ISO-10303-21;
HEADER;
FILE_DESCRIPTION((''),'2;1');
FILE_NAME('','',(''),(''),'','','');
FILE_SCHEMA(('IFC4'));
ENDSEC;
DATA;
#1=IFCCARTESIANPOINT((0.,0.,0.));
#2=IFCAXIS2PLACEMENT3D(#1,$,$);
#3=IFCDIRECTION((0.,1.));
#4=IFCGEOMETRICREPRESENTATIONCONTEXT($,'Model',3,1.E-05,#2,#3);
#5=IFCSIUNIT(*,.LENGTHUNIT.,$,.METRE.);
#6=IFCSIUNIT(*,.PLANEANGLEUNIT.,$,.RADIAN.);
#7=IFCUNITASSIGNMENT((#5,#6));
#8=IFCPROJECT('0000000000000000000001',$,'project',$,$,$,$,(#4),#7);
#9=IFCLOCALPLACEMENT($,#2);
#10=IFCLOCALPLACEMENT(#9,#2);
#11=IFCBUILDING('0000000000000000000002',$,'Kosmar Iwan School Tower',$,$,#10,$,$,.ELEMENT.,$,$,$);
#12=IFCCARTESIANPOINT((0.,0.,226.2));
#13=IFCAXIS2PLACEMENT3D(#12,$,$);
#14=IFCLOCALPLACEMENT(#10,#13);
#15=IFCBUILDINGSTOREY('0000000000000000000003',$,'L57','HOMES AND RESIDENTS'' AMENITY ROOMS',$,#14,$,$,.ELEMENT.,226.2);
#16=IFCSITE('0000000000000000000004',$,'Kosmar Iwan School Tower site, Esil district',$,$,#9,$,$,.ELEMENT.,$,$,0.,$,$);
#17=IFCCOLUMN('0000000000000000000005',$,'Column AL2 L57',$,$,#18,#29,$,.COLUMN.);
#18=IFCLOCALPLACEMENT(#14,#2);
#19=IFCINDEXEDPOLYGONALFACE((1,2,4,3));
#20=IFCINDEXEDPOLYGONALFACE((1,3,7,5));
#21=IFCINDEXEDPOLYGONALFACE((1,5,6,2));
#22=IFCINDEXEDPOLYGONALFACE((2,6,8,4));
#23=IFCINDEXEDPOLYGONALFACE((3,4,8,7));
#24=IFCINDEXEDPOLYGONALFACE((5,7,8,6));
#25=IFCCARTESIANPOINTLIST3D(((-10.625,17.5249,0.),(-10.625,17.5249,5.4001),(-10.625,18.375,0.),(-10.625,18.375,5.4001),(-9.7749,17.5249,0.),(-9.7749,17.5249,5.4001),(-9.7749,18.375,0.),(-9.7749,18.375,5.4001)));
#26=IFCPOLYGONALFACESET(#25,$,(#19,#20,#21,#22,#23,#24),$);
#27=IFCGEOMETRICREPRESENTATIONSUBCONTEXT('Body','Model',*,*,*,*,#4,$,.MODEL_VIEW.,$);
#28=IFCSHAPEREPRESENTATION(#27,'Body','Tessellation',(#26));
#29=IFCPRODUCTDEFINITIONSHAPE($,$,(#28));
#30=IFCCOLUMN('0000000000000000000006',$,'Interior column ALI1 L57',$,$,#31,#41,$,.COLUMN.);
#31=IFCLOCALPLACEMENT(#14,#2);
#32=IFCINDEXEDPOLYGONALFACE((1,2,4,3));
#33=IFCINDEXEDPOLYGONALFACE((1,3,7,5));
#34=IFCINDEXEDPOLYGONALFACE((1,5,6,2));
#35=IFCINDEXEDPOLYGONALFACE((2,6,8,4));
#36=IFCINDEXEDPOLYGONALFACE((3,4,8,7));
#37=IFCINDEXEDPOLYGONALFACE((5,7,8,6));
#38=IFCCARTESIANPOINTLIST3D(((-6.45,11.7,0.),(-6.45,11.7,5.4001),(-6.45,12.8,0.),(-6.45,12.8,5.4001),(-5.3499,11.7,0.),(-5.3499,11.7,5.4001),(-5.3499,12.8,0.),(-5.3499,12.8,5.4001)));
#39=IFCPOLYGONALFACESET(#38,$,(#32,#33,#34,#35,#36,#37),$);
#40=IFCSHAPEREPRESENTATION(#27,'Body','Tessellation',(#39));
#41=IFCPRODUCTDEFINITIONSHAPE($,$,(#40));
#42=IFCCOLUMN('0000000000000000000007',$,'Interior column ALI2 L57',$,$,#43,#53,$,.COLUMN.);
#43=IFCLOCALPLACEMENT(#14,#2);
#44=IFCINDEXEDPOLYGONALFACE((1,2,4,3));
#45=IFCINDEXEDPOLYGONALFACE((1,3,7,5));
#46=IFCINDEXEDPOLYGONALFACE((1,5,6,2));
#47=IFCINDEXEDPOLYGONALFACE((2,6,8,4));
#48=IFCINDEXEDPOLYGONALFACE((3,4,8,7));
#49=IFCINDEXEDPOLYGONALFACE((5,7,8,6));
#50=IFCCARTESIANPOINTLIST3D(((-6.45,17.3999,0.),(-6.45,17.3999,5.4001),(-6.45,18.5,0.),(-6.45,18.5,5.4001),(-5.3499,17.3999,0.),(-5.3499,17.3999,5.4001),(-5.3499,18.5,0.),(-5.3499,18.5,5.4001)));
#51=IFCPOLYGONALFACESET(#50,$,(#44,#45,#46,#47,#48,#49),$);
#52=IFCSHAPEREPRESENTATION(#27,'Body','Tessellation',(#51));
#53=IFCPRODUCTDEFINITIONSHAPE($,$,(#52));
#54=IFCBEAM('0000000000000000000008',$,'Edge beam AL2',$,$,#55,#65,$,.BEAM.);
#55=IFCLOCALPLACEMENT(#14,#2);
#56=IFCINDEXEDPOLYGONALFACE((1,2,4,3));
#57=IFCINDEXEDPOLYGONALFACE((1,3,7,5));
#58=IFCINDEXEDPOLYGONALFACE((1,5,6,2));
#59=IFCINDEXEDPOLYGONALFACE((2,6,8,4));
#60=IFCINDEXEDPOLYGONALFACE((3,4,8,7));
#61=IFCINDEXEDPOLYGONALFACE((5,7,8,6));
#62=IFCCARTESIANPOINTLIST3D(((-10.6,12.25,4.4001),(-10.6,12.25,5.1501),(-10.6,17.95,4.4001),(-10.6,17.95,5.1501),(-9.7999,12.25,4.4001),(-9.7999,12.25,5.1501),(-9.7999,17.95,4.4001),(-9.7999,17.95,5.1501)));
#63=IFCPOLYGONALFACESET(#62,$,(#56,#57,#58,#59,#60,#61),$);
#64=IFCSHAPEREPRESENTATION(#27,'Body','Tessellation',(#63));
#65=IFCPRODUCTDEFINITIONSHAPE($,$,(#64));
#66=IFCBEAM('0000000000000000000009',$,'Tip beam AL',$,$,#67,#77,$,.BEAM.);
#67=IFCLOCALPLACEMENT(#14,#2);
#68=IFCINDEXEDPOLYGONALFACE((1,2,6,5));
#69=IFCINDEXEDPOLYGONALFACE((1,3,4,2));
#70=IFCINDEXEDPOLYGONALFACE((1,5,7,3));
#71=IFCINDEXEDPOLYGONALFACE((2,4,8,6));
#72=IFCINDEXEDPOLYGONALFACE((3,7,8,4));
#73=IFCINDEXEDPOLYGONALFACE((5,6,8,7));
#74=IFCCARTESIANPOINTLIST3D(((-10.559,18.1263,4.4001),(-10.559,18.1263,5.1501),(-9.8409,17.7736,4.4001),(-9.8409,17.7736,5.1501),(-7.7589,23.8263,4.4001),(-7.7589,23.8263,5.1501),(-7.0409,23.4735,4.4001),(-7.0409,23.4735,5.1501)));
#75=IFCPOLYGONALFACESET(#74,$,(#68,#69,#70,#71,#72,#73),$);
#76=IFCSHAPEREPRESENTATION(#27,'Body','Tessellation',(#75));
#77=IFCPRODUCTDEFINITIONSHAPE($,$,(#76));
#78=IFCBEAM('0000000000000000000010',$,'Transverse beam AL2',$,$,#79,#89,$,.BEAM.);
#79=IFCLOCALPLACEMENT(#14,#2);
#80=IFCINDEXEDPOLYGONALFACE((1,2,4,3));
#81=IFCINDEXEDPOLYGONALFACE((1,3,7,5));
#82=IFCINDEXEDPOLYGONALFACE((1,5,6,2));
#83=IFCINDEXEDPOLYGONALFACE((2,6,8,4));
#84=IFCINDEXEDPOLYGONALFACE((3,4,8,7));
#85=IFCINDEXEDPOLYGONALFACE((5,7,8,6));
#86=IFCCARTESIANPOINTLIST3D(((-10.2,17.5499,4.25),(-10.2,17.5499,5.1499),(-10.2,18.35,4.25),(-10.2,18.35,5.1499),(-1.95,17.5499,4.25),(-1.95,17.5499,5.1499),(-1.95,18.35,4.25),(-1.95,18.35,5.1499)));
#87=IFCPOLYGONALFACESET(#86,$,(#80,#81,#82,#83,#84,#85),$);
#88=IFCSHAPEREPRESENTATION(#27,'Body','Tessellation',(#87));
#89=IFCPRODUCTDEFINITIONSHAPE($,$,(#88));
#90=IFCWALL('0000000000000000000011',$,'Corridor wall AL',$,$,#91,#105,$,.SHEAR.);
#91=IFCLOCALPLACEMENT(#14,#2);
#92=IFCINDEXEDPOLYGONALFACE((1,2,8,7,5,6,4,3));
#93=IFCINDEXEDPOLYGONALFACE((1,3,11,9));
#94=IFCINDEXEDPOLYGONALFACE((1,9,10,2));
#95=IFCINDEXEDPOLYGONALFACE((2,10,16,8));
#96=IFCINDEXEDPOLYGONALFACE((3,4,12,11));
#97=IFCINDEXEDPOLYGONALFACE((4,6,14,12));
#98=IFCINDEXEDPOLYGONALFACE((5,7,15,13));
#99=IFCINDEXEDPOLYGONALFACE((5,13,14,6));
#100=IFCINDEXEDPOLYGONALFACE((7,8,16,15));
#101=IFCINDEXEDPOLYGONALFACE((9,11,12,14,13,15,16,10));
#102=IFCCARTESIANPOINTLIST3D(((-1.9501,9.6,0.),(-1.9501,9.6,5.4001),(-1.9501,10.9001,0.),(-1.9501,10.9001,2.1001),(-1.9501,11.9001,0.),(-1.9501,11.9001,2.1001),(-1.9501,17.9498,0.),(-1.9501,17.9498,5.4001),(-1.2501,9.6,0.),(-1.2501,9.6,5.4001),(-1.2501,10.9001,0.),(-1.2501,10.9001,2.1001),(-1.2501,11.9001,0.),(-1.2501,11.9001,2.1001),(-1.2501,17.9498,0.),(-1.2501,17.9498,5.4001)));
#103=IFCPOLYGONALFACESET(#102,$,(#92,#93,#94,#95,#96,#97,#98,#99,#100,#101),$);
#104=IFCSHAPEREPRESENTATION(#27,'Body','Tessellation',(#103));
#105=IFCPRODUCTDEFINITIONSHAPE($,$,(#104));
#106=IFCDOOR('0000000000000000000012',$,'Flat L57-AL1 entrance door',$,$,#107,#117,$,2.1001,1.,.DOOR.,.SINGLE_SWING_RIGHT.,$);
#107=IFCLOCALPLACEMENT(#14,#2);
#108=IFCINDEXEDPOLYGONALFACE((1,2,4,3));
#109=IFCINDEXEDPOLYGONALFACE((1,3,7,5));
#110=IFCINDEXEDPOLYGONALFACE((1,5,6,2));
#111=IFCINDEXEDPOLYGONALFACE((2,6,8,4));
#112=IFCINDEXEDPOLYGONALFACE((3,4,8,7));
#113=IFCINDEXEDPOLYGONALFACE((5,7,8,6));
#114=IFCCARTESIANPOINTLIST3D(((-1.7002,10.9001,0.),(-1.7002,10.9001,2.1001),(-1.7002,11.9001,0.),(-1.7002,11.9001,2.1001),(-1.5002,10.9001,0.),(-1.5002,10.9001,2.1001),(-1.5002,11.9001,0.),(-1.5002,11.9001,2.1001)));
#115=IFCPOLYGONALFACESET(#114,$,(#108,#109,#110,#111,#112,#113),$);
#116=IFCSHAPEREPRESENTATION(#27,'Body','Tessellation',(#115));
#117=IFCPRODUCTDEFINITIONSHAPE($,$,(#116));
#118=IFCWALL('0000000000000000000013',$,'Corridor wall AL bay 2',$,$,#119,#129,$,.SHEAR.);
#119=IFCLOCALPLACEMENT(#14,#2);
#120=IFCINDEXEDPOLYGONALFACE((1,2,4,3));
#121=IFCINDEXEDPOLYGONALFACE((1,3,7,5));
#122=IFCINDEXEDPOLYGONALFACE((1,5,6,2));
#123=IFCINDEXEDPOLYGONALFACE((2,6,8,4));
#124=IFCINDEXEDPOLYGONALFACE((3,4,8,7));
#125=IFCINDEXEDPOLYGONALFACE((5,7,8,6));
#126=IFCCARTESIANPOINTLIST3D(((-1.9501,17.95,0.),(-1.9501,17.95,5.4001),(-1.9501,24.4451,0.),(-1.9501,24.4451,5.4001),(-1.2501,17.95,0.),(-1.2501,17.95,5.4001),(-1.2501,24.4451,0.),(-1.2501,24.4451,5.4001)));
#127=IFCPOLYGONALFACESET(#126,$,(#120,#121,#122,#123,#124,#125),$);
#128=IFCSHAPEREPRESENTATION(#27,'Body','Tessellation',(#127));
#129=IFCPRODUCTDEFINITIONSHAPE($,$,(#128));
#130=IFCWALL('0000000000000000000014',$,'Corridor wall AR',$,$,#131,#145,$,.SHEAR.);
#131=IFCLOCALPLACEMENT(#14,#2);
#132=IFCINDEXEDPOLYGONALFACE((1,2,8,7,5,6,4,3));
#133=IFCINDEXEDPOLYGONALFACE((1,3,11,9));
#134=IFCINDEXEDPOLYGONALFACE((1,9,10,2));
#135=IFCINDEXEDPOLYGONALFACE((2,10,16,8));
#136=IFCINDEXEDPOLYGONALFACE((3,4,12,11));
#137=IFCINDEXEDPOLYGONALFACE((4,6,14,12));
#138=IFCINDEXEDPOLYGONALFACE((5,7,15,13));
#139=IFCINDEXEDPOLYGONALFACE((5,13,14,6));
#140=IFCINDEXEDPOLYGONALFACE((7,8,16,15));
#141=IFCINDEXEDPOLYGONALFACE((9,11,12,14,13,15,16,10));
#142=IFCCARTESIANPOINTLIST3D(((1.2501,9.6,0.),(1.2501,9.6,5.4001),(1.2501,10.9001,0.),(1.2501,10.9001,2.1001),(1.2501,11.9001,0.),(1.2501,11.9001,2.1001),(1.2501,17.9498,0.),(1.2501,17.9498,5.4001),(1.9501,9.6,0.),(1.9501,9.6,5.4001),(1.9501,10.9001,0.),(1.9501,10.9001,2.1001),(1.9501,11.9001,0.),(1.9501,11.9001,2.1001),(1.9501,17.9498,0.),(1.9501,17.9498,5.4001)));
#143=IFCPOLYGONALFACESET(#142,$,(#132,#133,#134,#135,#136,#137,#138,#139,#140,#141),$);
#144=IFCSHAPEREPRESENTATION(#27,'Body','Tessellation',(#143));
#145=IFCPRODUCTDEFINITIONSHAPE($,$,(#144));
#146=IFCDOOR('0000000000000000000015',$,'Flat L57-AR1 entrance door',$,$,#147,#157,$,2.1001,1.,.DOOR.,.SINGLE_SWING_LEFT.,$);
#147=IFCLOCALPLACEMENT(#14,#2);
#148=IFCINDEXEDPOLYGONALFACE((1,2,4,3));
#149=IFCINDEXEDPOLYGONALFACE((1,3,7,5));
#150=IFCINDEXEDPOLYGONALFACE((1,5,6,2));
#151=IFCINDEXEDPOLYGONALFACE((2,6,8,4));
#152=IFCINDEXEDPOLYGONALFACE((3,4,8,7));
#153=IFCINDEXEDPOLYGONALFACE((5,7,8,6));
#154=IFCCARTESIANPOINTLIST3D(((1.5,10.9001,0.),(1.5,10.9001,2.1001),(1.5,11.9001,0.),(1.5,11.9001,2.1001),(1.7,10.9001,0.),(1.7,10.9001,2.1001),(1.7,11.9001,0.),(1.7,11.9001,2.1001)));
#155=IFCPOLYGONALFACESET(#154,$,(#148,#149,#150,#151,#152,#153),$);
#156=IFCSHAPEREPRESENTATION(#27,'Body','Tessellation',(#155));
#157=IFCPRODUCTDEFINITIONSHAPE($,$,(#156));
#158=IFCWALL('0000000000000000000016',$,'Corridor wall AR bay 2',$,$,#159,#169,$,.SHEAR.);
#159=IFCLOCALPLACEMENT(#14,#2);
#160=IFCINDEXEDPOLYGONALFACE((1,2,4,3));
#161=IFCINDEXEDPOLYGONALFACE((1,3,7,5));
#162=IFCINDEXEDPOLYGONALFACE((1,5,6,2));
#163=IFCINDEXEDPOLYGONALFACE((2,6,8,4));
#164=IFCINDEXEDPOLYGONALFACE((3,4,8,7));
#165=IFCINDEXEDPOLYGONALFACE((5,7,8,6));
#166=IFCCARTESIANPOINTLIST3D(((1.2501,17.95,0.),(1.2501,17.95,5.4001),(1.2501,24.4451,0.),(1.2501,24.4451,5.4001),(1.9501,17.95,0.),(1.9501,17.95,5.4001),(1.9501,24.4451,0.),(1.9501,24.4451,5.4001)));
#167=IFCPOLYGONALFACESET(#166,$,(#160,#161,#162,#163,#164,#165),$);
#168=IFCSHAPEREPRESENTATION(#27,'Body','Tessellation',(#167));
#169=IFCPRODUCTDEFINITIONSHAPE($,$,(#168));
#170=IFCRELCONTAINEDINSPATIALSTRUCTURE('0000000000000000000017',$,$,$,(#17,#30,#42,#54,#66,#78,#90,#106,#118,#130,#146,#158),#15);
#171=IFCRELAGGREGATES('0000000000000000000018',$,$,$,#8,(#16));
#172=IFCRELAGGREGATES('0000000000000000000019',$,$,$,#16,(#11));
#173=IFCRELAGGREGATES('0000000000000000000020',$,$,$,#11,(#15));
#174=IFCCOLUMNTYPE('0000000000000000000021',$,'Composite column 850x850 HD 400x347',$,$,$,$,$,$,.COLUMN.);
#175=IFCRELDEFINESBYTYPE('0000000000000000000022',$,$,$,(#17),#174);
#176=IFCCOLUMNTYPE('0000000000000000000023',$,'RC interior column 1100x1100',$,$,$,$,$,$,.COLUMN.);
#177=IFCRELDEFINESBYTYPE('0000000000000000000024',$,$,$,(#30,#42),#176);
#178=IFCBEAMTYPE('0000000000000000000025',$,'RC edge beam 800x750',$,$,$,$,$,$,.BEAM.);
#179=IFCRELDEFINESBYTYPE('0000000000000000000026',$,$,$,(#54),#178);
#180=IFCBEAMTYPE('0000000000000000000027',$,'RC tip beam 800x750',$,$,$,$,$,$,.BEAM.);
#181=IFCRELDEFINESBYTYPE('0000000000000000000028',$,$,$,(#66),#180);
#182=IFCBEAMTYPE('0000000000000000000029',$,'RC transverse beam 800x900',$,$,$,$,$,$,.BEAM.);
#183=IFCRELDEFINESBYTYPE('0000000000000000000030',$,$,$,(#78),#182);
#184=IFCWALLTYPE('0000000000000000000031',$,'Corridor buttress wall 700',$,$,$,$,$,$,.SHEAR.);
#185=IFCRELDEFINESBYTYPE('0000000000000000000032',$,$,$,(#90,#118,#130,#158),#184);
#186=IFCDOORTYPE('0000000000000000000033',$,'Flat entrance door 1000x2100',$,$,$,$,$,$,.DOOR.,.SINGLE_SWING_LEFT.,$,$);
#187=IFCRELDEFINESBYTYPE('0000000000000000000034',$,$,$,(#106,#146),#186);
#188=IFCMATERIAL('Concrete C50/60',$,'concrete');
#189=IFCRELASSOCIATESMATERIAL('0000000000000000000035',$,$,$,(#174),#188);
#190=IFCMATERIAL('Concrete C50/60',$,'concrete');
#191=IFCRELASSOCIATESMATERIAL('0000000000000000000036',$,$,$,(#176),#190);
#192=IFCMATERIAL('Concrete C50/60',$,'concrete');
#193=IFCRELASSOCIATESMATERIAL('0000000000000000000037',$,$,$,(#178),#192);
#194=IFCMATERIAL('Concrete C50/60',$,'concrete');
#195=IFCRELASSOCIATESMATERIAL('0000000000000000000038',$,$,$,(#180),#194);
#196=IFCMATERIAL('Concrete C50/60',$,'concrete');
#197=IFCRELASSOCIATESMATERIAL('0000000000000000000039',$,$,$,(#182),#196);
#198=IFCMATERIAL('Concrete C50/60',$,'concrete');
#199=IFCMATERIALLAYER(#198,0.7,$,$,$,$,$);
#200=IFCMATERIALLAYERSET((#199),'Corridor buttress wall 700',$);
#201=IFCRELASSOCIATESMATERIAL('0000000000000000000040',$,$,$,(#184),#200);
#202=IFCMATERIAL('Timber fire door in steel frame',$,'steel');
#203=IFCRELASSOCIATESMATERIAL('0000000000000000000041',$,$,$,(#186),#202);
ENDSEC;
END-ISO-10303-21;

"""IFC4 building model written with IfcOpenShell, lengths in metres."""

from ifc_helpers import new_model, si_unit, direction, frame, frame_2d, origin, origin_2d, place, context, subcontext, project, spatial, rectangle, extrude, material, layer, layer_set, material_profile, profile_set, type_object, element, fill, save


model = new_model("IFC4")

# Units and contexts
model_context = context("Model", 3, precision=1e-05, world=origin(), true_north=direction((0.0, 1.0)))
body_context = subcontext(model_context, "Body", "Model", "MODEL_VIEW")
ifc_project = project(units=[si_unit("LENGTHUNIT", "METRE"), si_unit("PLANEANGLEUNIT", "RADIAN")], contexts=[model_context])

# Site, building, storey
site_placement = place(None, origin())
site = spatial("IfcSite", under=ifc_project, at=site_placement, Name="Kosmar Iwan School Tower site, Esil district", CompositionType="ELEMENT", RefElevation=0.0)
building_placement = place(site_placement, origin())
building = spatial("IfcBuilding", under=site, at=building_placement, Name="Kosmar Iwan School Tower", CompositionType="ELEMENT")
storey_placement = place(building_placement, frame((0.0, 0.0, 226.2)))
storey = spatial("IfcBuildingStorey", under=building, at=storey_placement, Name="L57", Description="HOMES AND RESIDENTS' AMENITY ROOMS", CompositionType="ELEMENT", Elevation=226.2)

# Columns
ifc_material_1 = material(Name="Concrete C50/60", Category="concrete")
ifc_material_profile_1 = material_profile(ifc_material_1, rectangle(XDim=0.8501, YDim=0.8501, at=origin_2d()), Name="RC 850x850 + HD 400x347")
ifc_profile_set_1 = profile_set([ifc_material_profile_1], Name="Concrete C50/60")
column_type_1 = type_object("IfcColumnType", Name="Composite column 850x850 HD 400x347", PredefinedType="COLUMN", material=ifc_profile_set_1)
column_placement = place(storey_placement, frame((-10.2, 17.95, 0.0), z_axis=(0.0, 0.0, 1.0), x_axis=(0.0, 1.0, 0.0)))
element("IfcColumn", 1, at=column_placement, inside=storey, type_object=column_type_1, Name="Column AL2 L57", PredefinedType="COLUMN", context=body_context, shape_type="SweptSolid", body=[
    extrude(rectangle(XDim=0.8501, YDim=0.8501, at=origin_2d()), origin(), (0.0, 0.0, 1.0), 5.4001),
])
ifc_material_2 = material(Name="Concrete C50/60", Category="concrete")
ifc_material_profile_2 = material_profile(ifc_material_2, rectangle(XDim=1.1001, YDim=1.1001, at=origin_2d()), Name="RC 1100x1100")
ifc_profile_set_2 = profile_set([ifc_material_profile_2], Name="Concrete C50/60")
column_type_2 = type_object("IfcColumnType", Name="RC interior column 1100x1100", PredefinedType="COLUMN", material=ifc_profile_set_2)
for number, where, z_axis, x_axis, name in (
    (2, (-5.8999, 12.25, 0.0), (0.0, 0.0, 1.0), (0.0, 1.0, 0.0), "Interior column ALI1 L57"),
    (3, (-5.8999, 17.95, 0.0), (0.0, 0.0, 1.0), (0.0, 1.0, 0.0), "Interior column ALI2 L57"),
):
    element("IfcColumn", number, at=place(storey_placement, frame(where, z_axis=z_axis, x_axis=x_axis)), inside=storey, type_object=column_type_2, Name=name, PredefinedType="COLUMN", context=body_context, shape_type="SweptSolid", body=[
        extrude(rectangle(XDim=1.1001, YDim=1.1001, at=origin_2d()), origin(), (0.0, 0.0, 1.0), 5.4001),
    ])

# Beams
ifc_material_3 = material(Name="Concrete C50/60", Category="concrete")
ifc_material_profile_3 = material_profile(ifc_material_3, rectangle(XDim=0.8, YDim=0.75, at=origin_2d()), Name="RC 800x750")
ifc_profile_set_3 = profile_set([ifc_material_profile_3], Name="Concrete C50/60")
beam_type_1 = type_object("IfcBeamType", Name="RC edge beam 800x750", PredefinedType="BEAM", material=ifc_profile_set_3)
beam_1_placement = place(storey_placement, frame((-10.2, 12.25, 4.7751), z_axis=(0.0, 1.0, 0.0), x_axis=(-1.0, 0.0, 0.0)))
element("IfcBeam", 4, at=beam_1_placement, inside=storey, type_object=beam_type_1, Name="Edge beam AL2", PredefinedType="BEAM", context=body_context, shape_type="SweptSolid", body=[
    extrude(rectangle(XDim=0.8, YDim=0.75, at=origin_2d()), origin(), (0.0, 0.0, 1.0), 5.7),
])
ifc_material_4 = material(Name="Concrete C50/60", Category="concrete")
ifc_material_profile_4 = material_profile(ifc_material_4, rectangle(XDim=0.8, YDim=0.75, at=origin_2d()), Name="RC 800x750")
ifc_profile_set_4 = profile_set([ifc_material_profile_4], Name="Concrete C50/60")
beam_type_2 = type_object("IfcBeamType", Name="RC tip beam 800x750", PredefinedType="BEAM", material=ifc_profile_set_4)
beam_2_placement = place(storey_placement, frame((-10.2, 17.95, 4.7751), z_axis=(0.440913, 0.89755, 0.0), x_axis=(-0.89755, 0.440913, 0.0)))
element("IfcBeam", 5, at=beam_2_placement, inside=storey, type_object=beam_type_2, Name="Tip beam AL", PredefinedType="BEAM", context=body_context, shape_type="SweptSolid", body=[
    extrude(rectangle(XDim=0.8, YDim=0.75, at=origin_2d()), origin(), (0.0, 0.0, 1.0), 6.3506),
])
ifc_material_5 = material(Name="Concrete C50/60", Category="concrete")
ifc_material_profile_5 = material_profile(ifc_material_5, rectangle(XDim=0.8, YDim=0.8999, at=origin_2d()), Name="RC 800x900")
ifc_profile_set_5 = profile_set([ifc_material_profile_5], Name="Concrete C50/60")
beam_type_3 = type_object("IfcBeamType", Name="RC transverse beam 800x900", PredefinedType="BEAM", material=ifc_profile_set_5)
beam_3_placement = place(storey_placement, frame((-10.2, 17.95, 4.7), z_axis=(1.0, 0.0, 0.0), x_axis=(0.0, 1.0, 0.0)))
element("IfcBeam", 6, at=beam_3_placement, inside=storey, type_object=beam_type_3, Name="Transverse beam AL2", PredefinedType="BEAM", context=body_context, shape_type="SweptSolid", body=[
    extrude(rectangle(XDim=0.8, YDim=0.8999, at=origin_2d()), origin(), (0.0, 0.0, 1.0), 8.25),
])

# Wall, opening, door
ifc_material_6 = material(Name="Concrete C50/60", Category="concrete")
ifc_layer_1 = layer(ifc_material_6, 0.7)
ifc_layer_set_1 = layer_set([ifc_layer_1], Name="Corridor buttress wall 700")
wall_type_1 = type_object("IfcWallType", Name="Corridor buttress wall 700", PredefinedType="SHEAR", material=ifc_layer_set_1)
wall_1_placement = place(storey_placement, frame((-1.6001, 9.6001, 0.0), z_axis=(0.0, 0.0, 1.0), x_axis=(0.0, 1.0, 0.0)))
wall_1 = element("IfcWall", 7, at=wall_1_placement, inside=storey, type_object=wall_type_1, Name="Corridor wall AL", PredefinedType="SHEAR", context=body_context, shape_type="SweptSolid", body=[
    extrude(rectangle(XDim=8.3499, YDim=0.7, at=frame_2d((4.1748, 0.0))), origin(), (0.0, 0.0, 1.0), 5.4001),
])
opening_1_placement = place(wall_1_placement, frame((1.3, 0.0, 0.0)))
opening_1 = element("IfcOpeningElement", 8, at=opening_1_placement, cuts=wall_1, PredefinedType="OPENING", context=body_context, shape_type="SweptSolid", body=[
    extrude(rectangle(XDim=1.0, YDim=2.1001, at=frame_2d((0.5, 1.05))), frame((0.0, 0.3621, 0.0), z_axis=(0.0, -1.0, 0.0), x_axis=(1.0, 0.0, 0.0)), (0.0, 0.0, 1.0), 0.7239),
])
ifc_material_7 = material(Name="Timber fire door in steel frame", Category="steel")
door_type_1 = type_object("IfcDoorType", Name="Flat entrance door 1000x2100", OperationType="SINGLE_SWING_LEFT", PredefinedType="DOOR", material=ifc_material_7)
door_1_placement = place(opening_1_placement, origin())
door_1 = element("IfcDoor", 9, at=door_1_placement, inside=storey, type_object=door_type_1, Name="Flat L57-AL1 entrance door", OperationType="SINGLE_SWING_RIGHT", OverallHeight=2.1001, OverallWidth=1.0, PredefinedType="DOOR", context=body_context, shape_type="SweptSolid", body=[
    extrude(rectangle(XDim=1.0, YDim=2.1001, at=frame_2d((0.5, 1.05))), frame((0.0, 0.1001, 0.0), z_axis=(0.0, -1.0, 0.0), x_axis=(1.0, 0.0, 0.0)), (0.0, 0.0, 1.0), 0.2),
])
fill(opening_1, door_1)

# Wall
wall_2_placement = place(storey_placement, frame((-1.6001, 17.95, 0.0), z_axis=(0.0, 0.0, 1.0), x_axis=(0.0, 1.0, 0.0)))
element("IfcWall", 10, at=wall_2_placement, inside=storey, type_object=wall_type_1, Name="Corridor wall AL bay 2", PredefinedType="SHEAR", context=body_context, shape_type="SweptSolid", body=[
    extrude(rectangle(XDim=6.4951, YDim=0.7, at=frame_2d((3.2476, 0.0))), origin(), (0.0, 0.0, 1.0), 5.4001),
])

# Wall, opening, door
wall_3_placement = place(storey_placement, frame((1.6001, 9.6001, 0.0), z_axis=(0.0, 0.0, 1.0), x_axis=(0.0, 1.0, 0.0)))
wall_3 = element("IfcWall", 11, at=wall_3_placement, inside=storey, type_object=wall_type_1, Name="Corridor wall AR", PredefinedType="SHEAR", context=body_context, shape_type="SweptSolid", body=[
    extrude(rectangle(XDim=8.3499, YDim=0.7, at=frame_2d((4.1748, 0.0))), origin(), (0.0, 0.0, 1.0), 5.4001),
])
opening_2_placement = place(wall_3_placement, frame((1.3, 0.0, 0.0)))
opening_2 = element("IfcOpeningElement", 12, at=opening_2_placement, cuts=wall_3, PredefinedType="OPENING", context=body_context, shape_type="SweptSolid", body=[
    extrude(rectangle(XDim=1.0, YDim=2.1001, at=frame_2d((0.5, 1.05))), frame((0.0, 0.3621, 0.0), z_axis=(0.0, -1.0, 0.0), x_axis=(1.0, 0.0, 0.0)), (0.0, 0.0, 1.0), 0.7239),
])
door_2_placement = place(opening_2_placement, origin())
door_2 = element("IfcDoor", 13, at=door_2_placement, inside=storey, type_object=door_type_1, Name="Flat L57-AR1 entrance door", OperationType="SINGLE_SWING_LEFT", OverallHeight=2.1001, OverallWidth=1.0, PredefinedType="DOOR", context=body_context, shape_type="SweptSolid", body=[
    extrude(rectangle(XDim=1.0, YDim=2.1001, at=frame_2d((0.5, 1.05))), frame((0.0, 0.1001, 0.0), z_axis=(0.0, -1.0, 0.0), x_axis=(1.0, 0.0, 0.0)), (0.0, 0.0, 1.0), 0.2),
])
fill(opening_2, door_2)

# Wall
wall_4_placement = place(storey_placement, frame((1.6001, 17.95, 0.0), z_axis=(0.0, 0.0, 1.0), x_axis=(0.0, 1.0, 0.0)))
element("IfcWall", 14, at=wall_4_placement, inside=storey, type_object=wall_type_1, Name="Corridor wall AR bay 2", PredefinedType="SHEAR", context=body_context, shape_type="SweptSolid", body=[
    extrude(rectangle(XDim=6.4951, YDim=0.7, at=frame_2d((3.2476, 0.0))), origin(), (0.0, 0.0, 1.0), 5.4001),
])

save(model, "model.ifc")
